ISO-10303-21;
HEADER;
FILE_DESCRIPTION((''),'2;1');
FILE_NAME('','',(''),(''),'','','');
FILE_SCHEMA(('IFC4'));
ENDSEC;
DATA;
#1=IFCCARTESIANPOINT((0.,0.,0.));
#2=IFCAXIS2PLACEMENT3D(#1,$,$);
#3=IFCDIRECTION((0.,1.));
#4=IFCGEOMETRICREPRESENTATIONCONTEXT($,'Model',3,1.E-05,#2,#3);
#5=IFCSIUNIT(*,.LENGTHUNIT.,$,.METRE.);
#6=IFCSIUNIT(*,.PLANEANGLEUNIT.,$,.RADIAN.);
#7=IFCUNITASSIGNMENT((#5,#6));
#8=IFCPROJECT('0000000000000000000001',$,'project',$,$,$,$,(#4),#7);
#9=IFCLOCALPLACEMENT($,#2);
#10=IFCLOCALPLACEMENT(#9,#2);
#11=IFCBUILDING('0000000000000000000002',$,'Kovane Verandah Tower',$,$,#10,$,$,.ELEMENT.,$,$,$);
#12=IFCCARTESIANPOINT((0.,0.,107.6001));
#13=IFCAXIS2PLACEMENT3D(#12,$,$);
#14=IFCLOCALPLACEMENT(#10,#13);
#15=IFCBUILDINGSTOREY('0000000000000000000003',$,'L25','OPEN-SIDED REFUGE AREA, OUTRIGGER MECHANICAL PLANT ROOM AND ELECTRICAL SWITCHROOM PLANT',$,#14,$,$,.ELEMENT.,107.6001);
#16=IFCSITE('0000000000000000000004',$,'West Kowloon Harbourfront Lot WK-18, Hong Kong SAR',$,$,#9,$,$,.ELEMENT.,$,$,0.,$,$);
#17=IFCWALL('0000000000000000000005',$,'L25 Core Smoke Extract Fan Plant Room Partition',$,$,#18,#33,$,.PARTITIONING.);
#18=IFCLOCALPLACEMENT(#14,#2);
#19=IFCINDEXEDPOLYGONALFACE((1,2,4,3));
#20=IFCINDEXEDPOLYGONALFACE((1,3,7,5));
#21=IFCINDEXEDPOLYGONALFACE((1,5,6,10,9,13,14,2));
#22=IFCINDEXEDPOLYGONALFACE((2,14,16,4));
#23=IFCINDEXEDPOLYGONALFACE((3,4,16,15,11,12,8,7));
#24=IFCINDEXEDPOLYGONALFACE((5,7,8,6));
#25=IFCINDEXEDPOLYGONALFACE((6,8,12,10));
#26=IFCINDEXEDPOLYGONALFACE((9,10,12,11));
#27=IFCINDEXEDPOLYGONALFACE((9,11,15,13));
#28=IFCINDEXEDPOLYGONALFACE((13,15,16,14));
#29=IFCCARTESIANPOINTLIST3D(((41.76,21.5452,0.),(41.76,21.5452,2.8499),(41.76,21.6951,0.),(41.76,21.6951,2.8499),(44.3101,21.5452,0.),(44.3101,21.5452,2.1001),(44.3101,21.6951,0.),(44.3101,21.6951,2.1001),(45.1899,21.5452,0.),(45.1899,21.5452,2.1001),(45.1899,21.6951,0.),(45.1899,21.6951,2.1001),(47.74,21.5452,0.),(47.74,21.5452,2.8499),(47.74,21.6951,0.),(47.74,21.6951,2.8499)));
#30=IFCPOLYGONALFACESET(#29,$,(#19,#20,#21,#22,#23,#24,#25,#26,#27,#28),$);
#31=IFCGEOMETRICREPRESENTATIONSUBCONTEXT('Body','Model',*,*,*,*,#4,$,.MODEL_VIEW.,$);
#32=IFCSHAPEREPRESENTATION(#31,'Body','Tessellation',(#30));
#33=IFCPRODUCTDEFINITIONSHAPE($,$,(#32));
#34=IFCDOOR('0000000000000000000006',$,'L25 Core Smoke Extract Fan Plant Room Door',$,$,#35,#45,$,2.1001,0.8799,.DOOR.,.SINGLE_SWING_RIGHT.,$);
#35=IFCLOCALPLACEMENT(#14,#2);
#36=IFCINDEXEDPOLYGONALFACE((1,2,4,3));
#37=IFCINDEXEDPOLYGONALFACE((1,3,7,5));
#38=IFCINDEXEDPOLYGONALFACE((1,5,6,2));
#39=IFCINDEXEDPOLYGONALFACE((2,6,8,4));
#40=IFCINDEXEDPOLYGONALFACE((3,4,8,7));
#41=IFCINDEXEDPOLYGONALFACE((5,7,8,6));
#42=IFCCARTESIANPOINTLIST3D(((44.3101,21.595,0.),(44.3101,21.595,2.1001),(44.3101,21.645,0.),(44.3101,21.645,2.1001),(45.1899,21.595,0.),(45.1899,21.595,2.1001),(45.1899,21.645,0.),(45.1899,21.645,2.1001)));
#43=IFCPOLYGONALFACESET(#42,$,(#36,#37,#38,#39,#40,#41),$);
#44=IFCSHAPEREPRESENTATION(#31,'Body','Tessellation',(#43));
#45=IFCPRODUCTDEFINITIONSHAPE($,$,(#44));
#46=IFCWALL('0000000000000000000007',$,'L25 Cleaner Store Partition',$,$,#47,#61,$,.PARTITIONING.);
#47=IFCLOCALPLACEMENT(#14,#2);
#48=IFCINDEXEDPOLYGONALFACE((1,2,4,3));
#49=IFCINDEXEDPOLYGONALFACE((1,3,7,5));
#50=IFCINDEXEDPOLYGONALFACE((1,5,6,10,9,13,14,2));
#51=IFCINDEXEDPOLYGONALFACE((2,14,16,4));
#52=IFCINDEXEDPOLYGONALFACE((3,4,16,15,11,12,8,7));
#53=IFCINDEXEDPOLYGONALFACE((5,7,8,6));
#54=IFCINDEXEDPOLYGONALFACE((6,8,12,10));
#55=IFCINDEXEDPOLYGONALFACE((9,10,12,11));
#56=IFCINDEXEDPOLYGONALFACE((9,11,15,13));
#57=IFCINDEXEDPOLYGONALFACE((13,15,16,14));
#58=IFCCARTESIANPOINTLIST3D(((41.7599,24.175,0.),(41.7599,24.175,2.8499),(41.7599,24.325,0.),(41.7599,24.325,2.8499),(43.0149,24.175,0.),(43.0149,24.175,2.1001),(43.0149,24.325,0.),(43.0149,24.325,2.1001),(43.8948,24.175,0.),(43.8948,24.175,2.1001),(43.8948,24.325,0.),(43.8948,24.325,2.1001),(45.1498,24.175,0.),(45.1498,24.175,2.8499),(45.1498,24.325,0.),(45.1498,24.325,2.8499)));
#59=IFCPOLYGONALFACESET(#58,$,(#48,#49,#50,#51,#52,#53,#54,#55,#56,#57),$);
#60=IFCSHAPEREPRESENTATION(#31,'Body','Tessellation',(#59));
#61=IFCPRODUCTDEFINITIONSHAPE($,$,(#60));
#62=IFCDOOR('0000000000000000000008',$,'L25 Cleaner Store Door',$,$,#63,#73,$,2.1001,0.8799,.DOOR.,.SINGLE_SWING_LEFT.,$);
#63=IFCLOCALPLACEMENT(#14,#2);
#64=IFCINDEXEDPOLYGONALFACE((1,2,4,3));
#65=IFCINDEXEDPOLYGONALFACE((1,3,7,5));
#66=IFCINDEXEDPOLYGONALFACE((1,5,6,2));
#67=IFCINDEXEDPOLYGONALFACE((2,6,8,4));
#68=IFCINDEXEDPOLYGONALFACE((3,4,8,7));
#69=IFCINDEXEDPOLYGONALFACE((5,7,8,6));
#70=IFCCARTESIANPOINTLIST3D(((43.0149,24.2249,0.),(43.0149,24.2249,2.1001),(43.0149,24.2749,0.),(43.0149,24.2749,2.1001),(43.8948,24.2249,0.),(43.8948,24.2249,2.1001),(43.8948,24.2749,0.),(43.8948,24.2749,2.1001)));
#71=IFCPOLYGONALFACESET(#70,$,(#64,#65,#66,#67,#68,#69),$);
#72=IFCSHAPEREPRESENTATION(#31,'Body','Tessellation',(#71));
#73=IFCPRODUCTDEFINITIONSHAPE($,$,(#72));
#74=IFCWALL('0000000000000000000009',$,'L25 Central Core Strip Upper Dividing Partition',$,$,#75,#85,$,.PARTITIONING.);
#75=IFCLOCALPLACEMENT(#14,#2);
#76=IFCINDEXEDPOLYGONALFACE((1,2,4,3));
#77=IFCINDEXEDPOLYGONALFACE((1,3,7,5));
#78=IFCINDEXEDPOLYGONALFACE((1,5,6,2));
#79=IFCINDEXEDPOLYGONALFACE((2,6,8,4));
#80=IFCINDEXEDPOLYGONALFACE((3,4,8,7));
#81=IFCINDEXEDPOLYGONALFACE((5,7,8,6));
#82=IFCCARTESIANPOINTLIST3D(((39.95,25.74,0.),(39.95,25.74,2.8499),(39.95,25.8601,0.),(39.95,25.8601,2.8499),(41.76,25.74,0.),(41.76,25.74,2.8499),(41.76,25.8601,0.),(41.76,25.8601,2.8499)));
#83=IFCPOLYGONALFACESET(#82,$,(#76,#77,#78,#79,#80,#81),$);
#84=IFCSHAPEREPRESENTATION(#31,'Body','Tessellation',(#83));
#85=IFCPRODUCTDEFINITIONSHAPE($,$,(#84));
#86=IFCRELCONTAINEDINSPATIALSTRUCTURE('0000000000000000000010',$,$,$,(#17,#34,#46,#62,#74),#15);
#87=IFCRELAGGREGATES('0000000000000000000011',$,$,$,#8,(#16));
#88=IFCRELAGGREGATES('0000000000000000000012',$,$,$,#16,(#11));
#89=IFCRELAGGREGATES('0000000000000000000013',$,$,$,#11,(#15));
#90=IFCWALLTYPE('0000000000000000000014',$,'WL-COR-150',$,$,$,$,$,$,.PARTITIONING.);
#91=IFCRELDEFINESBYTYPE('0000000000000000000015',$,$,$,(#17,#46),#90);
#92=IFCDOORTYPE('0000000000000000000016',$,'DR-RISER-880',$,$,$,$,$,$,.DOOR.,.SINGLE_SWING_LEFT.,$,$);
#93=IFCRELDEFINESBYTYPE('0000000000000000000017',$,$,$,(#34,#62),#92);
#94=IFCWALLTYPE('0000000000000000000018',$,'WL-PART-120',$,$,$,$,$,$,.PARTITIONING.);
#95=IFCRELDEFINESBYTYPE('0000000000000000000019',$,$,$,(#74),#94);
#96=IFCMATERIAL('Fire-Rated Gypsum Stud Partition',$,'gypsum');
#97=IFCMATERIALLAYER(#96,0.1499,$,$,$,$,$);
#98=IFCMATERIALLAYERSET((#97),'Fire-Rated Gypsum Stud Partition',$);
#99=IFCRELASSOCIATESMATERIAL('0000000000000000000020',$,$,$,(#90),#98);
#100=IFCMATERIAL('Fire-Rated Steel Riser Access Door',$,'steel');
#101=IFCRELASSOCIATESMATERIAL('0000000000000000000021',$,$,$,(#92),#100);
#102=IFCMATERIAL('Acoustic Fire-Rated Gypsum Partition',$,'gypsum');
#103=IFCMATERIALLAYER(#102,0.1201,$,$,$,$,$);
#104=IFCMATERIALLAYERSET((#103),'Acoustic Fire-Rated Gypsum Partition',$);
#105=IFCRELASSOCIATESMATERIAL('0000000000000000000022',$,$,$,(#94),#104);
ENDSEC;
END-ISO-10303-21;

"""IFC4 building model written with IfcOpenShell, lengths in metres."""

from ifc_helpers import new_model, si_unit, direction, frame, frame_2d, origin, place, context, subcontext, project, spatial, rectangle, extrude, material, layer, layer_set, type_object, element, fill, save


model = new_model("IFC4")

# Units and contexts
model_context = context("Model", 3, precision=1e-05, world=origin(), true_north=direction((0.0, 1.0)))
body_context = subcontext(model_context, "Body", "Model", "MODEL_VIEW")
ifc_project = project(units=[si_unit("LENGTHUNIT", "METRE"), si_unit("PLANEANGLEUNIT", "RADIAN")], contexts=[model_context])

# Site, building, storey
site_placement = place(None, origin())
site = spatial("IfcSite", under=ifc_project, at=site_placement, Name="West Kowloon Harbourfront Lot WK-18, Hong Kong SAR", CompositionType="ELEMENT", RefElevation=0.0)
building_placement = place(site_placement, origin())
building = spatial("IfcBuilding", under=site, at=building_placement, Name="Kovane Verandah Tower", CompositionType="ELEMENT")
storey_placement = place(building_placement, frame((0.0, 0.0, 107.6001)))
storey = spatial("IfcBuildingStorey", under=building, at=storey_placement, Name="L25", Description="OPEN-SIDED REFUGE AREA, OUTRIGGER MECHANICAL PLANT ROOM AND ELECTRICAL SWITCHROOM PLANT", CompositionType="ELEMENT", Elevation=107.6001)

# Shared definitions
ifc_material_1 = material(Name="Fire-Rated Gypsum Stud Partition", Category="gypsum")
ifc_layer_1 = layer(ifc_material_1, 0.1499)
ifc_layer_set_1 = layer_set([ifc_layer_1], Name="Fire-Rated Gypsum Stud Partition")
wall_type_1 = type_object("IfcWallType", Name="WL-COR-150", PredefinedType="PARTITIONING", material=ifc_layer_set_1)

# Walls, openings, doors
ifc_material_2 = material(Name="Fire-Rated Steel Riser Access Door", Category="steel")
door_type_1 = type_object("IfcDoorType", Name="DR-RISER-880", OperationType="SINGLE_SWING_LEFT", PredefinedType="DOOR", material=ifc_material_2)
wall_1_placement = place(storey_placement, frame((41.76, 21.6201, 0.0), z_axis=(0.0, 0.0, 1.0), x_axis=(1.0, 0.0, 0.0)))
wall_1 = element("IfcWall", 1, at=wall_1_placement, inside=storey, type_object=wall_type_1, Name="L25 Core Smoke Extract Fan Plant Room Partition", PredefinedType="PARTITIONING", context=body_context, shape_type="SweptSolid", body=[
    extrude(rectangle(XDim=5.98, YDim=0.1499, at=frame_2d((2.99, 0.0))), origin(), (0.0, 0.0, 1.0), 2.8499),
])
opening_1_placement = place(wall_1_placement, frame((2.55, 0.0, 0.0)))
opening_1 = element("IfcOpeningElement", 2, at=opening_1_placement, cuts=wall_1, PredefinedType="OPENING", context=body_context, shape_type="SweptSolid", body=[
    extrude(rectangle(XDim=0.8799, YDim=2.1001, at=frame_2d((0.4399, 1.05))), frame((0.0, 0.075, 0.0), z_axis=(0.0, -1.0, 0.0), x_axis=(1.0, 0.0, 0.0)), (0.0, 0.0, 1.0), 0.1499),
])
door_1_placement = place(opening_1_placement, origin())
door_1 = element("IfcDoor", 3, at=door_1_placement, inside=storey, type_object=door_type_1, Name="L25 Core Smoke Extract Fan Plant Room Door", OperationType="SINGLE_SWING_RIGHT", OverallHeight=2.1001, OverallWidth=0.8799, PredefinedType="DOOR", context=body_context, shape_type="SweptSolid", body=[
    extrude(rectangle(XDim=0.8799, YDim=2.1001, at=frame_2d((0.4399, 1.05))), frame((0.0, 0.0249, 0.0), z_axis=(0.0, -1.0, 0.0), x_axis=(1.0, 0.0, 0.0)), (0.0, 0.0, 1.0), 0.05),
])
fill(opening_1, door_1)
wall_2_placement = place(storey_placement, frame((41.76, 24.25, 0.0), z_axis=(0.0, 0.0, 1.0), x_axis=(1.0, 0.0, 0.0)))
wall_2 = element("IfcWall", 4, at=wall_2_placement, inside=storey, type_object=wall_type_1, Name="L25 Cleaner Store Partition", PredefinedType="PARTITIONING", context=body_context, shape_type="SweptSolid", body=[
    extrude(rectangle(XDim=3.3899, YDim=0.1499, at=frame_2d((1.6948, 0.0))), origin(), (0.0, 0.0, 1.0), 2.8499),
])
opening_2_placement = place(wall_2_placement, frame((1.2549, 0.0, 0.0)))
opening_2 = element("IfcOpeningElement", 5, at=opening_2_placement, cuts=wall_2, PredefinedType="OPENING", context=body_context, shape_type="SweptSolid", body=[
    extrude(rectangle(XDim=0.8799, YDim=2.1001, at=frame_2d((0.4399, 1.05))), frame((0.0, 0.075, 0.0), z_axis=(0.0, -1.0, 0.0), x_axis=(1.0, 0.0, 0.0)), (0.0, 0.0, 1.0), 0.1499),
])
door_2_placement = place(opening_2_placement, origin())
door_2 = element("IfcDoor", 6, at=door_2_placement, inside=storey, type_object=door_type_1, Name="L25 Cleaner Store Door", OperationType="SINGLE_SWING_LEFT", OverallHeight=2.1001, OverallWidth=0.8799, PredefinedType="DOOR", context=body_context, shape_type="SweptSolid", body=[
    extrude(rectangle(XDim=0.8799, YDim=2.1001, at=frame_2d((0.4399, 1.05))), frame((0.0, 0.0249, 0.0), z_axis=(0.0, -1.0, 0.0), x_axis=(1.0, 0.0, 0.0)), (0.0, 0.0, 1.0), 0.05),
])
fill(opening_2, door_2)

# Wall
ifc_material_3 = material(Name="Acoustic Fire-Rated Gypsum Partition", Category="gypsum")
ifc_layer_2 = layer(ifc_material_3, 0.1201)
ifc_layer_set_2 = layer_set([ifc_layer_2], Name="Acoustic Fire-Rated Gypsum Partition")
wall_type_2 = type_object("IfcWallType", Name="WL-PART-120", PredefinedType="PARTITIONING", material=ifc_layer_set_2)
wall_3_placement = place(storey_placement, frame((39.95, 25.8, 0.0), z_axis=(0.0, 0.0, 1.0), x_axis=(1.0, 0.0, 0.0)))
element("IfcWall", 7, at=wall_3_placement, inside=storey, type_object=wall_type_2, Name="L25 Central Core Strip Upper Dividing Partition", PredefinedType="PARTITIONING", context=body_context, shape_type="SweptSolid", body=[
    extrude(rectangle(XDim=1.8101, YDim=0.1201, at=frame_2d((0.905, 0.0))), origin(), (0.0, 0.0, 1.0), 2.8499),
])

save(model, "model.ifc")
